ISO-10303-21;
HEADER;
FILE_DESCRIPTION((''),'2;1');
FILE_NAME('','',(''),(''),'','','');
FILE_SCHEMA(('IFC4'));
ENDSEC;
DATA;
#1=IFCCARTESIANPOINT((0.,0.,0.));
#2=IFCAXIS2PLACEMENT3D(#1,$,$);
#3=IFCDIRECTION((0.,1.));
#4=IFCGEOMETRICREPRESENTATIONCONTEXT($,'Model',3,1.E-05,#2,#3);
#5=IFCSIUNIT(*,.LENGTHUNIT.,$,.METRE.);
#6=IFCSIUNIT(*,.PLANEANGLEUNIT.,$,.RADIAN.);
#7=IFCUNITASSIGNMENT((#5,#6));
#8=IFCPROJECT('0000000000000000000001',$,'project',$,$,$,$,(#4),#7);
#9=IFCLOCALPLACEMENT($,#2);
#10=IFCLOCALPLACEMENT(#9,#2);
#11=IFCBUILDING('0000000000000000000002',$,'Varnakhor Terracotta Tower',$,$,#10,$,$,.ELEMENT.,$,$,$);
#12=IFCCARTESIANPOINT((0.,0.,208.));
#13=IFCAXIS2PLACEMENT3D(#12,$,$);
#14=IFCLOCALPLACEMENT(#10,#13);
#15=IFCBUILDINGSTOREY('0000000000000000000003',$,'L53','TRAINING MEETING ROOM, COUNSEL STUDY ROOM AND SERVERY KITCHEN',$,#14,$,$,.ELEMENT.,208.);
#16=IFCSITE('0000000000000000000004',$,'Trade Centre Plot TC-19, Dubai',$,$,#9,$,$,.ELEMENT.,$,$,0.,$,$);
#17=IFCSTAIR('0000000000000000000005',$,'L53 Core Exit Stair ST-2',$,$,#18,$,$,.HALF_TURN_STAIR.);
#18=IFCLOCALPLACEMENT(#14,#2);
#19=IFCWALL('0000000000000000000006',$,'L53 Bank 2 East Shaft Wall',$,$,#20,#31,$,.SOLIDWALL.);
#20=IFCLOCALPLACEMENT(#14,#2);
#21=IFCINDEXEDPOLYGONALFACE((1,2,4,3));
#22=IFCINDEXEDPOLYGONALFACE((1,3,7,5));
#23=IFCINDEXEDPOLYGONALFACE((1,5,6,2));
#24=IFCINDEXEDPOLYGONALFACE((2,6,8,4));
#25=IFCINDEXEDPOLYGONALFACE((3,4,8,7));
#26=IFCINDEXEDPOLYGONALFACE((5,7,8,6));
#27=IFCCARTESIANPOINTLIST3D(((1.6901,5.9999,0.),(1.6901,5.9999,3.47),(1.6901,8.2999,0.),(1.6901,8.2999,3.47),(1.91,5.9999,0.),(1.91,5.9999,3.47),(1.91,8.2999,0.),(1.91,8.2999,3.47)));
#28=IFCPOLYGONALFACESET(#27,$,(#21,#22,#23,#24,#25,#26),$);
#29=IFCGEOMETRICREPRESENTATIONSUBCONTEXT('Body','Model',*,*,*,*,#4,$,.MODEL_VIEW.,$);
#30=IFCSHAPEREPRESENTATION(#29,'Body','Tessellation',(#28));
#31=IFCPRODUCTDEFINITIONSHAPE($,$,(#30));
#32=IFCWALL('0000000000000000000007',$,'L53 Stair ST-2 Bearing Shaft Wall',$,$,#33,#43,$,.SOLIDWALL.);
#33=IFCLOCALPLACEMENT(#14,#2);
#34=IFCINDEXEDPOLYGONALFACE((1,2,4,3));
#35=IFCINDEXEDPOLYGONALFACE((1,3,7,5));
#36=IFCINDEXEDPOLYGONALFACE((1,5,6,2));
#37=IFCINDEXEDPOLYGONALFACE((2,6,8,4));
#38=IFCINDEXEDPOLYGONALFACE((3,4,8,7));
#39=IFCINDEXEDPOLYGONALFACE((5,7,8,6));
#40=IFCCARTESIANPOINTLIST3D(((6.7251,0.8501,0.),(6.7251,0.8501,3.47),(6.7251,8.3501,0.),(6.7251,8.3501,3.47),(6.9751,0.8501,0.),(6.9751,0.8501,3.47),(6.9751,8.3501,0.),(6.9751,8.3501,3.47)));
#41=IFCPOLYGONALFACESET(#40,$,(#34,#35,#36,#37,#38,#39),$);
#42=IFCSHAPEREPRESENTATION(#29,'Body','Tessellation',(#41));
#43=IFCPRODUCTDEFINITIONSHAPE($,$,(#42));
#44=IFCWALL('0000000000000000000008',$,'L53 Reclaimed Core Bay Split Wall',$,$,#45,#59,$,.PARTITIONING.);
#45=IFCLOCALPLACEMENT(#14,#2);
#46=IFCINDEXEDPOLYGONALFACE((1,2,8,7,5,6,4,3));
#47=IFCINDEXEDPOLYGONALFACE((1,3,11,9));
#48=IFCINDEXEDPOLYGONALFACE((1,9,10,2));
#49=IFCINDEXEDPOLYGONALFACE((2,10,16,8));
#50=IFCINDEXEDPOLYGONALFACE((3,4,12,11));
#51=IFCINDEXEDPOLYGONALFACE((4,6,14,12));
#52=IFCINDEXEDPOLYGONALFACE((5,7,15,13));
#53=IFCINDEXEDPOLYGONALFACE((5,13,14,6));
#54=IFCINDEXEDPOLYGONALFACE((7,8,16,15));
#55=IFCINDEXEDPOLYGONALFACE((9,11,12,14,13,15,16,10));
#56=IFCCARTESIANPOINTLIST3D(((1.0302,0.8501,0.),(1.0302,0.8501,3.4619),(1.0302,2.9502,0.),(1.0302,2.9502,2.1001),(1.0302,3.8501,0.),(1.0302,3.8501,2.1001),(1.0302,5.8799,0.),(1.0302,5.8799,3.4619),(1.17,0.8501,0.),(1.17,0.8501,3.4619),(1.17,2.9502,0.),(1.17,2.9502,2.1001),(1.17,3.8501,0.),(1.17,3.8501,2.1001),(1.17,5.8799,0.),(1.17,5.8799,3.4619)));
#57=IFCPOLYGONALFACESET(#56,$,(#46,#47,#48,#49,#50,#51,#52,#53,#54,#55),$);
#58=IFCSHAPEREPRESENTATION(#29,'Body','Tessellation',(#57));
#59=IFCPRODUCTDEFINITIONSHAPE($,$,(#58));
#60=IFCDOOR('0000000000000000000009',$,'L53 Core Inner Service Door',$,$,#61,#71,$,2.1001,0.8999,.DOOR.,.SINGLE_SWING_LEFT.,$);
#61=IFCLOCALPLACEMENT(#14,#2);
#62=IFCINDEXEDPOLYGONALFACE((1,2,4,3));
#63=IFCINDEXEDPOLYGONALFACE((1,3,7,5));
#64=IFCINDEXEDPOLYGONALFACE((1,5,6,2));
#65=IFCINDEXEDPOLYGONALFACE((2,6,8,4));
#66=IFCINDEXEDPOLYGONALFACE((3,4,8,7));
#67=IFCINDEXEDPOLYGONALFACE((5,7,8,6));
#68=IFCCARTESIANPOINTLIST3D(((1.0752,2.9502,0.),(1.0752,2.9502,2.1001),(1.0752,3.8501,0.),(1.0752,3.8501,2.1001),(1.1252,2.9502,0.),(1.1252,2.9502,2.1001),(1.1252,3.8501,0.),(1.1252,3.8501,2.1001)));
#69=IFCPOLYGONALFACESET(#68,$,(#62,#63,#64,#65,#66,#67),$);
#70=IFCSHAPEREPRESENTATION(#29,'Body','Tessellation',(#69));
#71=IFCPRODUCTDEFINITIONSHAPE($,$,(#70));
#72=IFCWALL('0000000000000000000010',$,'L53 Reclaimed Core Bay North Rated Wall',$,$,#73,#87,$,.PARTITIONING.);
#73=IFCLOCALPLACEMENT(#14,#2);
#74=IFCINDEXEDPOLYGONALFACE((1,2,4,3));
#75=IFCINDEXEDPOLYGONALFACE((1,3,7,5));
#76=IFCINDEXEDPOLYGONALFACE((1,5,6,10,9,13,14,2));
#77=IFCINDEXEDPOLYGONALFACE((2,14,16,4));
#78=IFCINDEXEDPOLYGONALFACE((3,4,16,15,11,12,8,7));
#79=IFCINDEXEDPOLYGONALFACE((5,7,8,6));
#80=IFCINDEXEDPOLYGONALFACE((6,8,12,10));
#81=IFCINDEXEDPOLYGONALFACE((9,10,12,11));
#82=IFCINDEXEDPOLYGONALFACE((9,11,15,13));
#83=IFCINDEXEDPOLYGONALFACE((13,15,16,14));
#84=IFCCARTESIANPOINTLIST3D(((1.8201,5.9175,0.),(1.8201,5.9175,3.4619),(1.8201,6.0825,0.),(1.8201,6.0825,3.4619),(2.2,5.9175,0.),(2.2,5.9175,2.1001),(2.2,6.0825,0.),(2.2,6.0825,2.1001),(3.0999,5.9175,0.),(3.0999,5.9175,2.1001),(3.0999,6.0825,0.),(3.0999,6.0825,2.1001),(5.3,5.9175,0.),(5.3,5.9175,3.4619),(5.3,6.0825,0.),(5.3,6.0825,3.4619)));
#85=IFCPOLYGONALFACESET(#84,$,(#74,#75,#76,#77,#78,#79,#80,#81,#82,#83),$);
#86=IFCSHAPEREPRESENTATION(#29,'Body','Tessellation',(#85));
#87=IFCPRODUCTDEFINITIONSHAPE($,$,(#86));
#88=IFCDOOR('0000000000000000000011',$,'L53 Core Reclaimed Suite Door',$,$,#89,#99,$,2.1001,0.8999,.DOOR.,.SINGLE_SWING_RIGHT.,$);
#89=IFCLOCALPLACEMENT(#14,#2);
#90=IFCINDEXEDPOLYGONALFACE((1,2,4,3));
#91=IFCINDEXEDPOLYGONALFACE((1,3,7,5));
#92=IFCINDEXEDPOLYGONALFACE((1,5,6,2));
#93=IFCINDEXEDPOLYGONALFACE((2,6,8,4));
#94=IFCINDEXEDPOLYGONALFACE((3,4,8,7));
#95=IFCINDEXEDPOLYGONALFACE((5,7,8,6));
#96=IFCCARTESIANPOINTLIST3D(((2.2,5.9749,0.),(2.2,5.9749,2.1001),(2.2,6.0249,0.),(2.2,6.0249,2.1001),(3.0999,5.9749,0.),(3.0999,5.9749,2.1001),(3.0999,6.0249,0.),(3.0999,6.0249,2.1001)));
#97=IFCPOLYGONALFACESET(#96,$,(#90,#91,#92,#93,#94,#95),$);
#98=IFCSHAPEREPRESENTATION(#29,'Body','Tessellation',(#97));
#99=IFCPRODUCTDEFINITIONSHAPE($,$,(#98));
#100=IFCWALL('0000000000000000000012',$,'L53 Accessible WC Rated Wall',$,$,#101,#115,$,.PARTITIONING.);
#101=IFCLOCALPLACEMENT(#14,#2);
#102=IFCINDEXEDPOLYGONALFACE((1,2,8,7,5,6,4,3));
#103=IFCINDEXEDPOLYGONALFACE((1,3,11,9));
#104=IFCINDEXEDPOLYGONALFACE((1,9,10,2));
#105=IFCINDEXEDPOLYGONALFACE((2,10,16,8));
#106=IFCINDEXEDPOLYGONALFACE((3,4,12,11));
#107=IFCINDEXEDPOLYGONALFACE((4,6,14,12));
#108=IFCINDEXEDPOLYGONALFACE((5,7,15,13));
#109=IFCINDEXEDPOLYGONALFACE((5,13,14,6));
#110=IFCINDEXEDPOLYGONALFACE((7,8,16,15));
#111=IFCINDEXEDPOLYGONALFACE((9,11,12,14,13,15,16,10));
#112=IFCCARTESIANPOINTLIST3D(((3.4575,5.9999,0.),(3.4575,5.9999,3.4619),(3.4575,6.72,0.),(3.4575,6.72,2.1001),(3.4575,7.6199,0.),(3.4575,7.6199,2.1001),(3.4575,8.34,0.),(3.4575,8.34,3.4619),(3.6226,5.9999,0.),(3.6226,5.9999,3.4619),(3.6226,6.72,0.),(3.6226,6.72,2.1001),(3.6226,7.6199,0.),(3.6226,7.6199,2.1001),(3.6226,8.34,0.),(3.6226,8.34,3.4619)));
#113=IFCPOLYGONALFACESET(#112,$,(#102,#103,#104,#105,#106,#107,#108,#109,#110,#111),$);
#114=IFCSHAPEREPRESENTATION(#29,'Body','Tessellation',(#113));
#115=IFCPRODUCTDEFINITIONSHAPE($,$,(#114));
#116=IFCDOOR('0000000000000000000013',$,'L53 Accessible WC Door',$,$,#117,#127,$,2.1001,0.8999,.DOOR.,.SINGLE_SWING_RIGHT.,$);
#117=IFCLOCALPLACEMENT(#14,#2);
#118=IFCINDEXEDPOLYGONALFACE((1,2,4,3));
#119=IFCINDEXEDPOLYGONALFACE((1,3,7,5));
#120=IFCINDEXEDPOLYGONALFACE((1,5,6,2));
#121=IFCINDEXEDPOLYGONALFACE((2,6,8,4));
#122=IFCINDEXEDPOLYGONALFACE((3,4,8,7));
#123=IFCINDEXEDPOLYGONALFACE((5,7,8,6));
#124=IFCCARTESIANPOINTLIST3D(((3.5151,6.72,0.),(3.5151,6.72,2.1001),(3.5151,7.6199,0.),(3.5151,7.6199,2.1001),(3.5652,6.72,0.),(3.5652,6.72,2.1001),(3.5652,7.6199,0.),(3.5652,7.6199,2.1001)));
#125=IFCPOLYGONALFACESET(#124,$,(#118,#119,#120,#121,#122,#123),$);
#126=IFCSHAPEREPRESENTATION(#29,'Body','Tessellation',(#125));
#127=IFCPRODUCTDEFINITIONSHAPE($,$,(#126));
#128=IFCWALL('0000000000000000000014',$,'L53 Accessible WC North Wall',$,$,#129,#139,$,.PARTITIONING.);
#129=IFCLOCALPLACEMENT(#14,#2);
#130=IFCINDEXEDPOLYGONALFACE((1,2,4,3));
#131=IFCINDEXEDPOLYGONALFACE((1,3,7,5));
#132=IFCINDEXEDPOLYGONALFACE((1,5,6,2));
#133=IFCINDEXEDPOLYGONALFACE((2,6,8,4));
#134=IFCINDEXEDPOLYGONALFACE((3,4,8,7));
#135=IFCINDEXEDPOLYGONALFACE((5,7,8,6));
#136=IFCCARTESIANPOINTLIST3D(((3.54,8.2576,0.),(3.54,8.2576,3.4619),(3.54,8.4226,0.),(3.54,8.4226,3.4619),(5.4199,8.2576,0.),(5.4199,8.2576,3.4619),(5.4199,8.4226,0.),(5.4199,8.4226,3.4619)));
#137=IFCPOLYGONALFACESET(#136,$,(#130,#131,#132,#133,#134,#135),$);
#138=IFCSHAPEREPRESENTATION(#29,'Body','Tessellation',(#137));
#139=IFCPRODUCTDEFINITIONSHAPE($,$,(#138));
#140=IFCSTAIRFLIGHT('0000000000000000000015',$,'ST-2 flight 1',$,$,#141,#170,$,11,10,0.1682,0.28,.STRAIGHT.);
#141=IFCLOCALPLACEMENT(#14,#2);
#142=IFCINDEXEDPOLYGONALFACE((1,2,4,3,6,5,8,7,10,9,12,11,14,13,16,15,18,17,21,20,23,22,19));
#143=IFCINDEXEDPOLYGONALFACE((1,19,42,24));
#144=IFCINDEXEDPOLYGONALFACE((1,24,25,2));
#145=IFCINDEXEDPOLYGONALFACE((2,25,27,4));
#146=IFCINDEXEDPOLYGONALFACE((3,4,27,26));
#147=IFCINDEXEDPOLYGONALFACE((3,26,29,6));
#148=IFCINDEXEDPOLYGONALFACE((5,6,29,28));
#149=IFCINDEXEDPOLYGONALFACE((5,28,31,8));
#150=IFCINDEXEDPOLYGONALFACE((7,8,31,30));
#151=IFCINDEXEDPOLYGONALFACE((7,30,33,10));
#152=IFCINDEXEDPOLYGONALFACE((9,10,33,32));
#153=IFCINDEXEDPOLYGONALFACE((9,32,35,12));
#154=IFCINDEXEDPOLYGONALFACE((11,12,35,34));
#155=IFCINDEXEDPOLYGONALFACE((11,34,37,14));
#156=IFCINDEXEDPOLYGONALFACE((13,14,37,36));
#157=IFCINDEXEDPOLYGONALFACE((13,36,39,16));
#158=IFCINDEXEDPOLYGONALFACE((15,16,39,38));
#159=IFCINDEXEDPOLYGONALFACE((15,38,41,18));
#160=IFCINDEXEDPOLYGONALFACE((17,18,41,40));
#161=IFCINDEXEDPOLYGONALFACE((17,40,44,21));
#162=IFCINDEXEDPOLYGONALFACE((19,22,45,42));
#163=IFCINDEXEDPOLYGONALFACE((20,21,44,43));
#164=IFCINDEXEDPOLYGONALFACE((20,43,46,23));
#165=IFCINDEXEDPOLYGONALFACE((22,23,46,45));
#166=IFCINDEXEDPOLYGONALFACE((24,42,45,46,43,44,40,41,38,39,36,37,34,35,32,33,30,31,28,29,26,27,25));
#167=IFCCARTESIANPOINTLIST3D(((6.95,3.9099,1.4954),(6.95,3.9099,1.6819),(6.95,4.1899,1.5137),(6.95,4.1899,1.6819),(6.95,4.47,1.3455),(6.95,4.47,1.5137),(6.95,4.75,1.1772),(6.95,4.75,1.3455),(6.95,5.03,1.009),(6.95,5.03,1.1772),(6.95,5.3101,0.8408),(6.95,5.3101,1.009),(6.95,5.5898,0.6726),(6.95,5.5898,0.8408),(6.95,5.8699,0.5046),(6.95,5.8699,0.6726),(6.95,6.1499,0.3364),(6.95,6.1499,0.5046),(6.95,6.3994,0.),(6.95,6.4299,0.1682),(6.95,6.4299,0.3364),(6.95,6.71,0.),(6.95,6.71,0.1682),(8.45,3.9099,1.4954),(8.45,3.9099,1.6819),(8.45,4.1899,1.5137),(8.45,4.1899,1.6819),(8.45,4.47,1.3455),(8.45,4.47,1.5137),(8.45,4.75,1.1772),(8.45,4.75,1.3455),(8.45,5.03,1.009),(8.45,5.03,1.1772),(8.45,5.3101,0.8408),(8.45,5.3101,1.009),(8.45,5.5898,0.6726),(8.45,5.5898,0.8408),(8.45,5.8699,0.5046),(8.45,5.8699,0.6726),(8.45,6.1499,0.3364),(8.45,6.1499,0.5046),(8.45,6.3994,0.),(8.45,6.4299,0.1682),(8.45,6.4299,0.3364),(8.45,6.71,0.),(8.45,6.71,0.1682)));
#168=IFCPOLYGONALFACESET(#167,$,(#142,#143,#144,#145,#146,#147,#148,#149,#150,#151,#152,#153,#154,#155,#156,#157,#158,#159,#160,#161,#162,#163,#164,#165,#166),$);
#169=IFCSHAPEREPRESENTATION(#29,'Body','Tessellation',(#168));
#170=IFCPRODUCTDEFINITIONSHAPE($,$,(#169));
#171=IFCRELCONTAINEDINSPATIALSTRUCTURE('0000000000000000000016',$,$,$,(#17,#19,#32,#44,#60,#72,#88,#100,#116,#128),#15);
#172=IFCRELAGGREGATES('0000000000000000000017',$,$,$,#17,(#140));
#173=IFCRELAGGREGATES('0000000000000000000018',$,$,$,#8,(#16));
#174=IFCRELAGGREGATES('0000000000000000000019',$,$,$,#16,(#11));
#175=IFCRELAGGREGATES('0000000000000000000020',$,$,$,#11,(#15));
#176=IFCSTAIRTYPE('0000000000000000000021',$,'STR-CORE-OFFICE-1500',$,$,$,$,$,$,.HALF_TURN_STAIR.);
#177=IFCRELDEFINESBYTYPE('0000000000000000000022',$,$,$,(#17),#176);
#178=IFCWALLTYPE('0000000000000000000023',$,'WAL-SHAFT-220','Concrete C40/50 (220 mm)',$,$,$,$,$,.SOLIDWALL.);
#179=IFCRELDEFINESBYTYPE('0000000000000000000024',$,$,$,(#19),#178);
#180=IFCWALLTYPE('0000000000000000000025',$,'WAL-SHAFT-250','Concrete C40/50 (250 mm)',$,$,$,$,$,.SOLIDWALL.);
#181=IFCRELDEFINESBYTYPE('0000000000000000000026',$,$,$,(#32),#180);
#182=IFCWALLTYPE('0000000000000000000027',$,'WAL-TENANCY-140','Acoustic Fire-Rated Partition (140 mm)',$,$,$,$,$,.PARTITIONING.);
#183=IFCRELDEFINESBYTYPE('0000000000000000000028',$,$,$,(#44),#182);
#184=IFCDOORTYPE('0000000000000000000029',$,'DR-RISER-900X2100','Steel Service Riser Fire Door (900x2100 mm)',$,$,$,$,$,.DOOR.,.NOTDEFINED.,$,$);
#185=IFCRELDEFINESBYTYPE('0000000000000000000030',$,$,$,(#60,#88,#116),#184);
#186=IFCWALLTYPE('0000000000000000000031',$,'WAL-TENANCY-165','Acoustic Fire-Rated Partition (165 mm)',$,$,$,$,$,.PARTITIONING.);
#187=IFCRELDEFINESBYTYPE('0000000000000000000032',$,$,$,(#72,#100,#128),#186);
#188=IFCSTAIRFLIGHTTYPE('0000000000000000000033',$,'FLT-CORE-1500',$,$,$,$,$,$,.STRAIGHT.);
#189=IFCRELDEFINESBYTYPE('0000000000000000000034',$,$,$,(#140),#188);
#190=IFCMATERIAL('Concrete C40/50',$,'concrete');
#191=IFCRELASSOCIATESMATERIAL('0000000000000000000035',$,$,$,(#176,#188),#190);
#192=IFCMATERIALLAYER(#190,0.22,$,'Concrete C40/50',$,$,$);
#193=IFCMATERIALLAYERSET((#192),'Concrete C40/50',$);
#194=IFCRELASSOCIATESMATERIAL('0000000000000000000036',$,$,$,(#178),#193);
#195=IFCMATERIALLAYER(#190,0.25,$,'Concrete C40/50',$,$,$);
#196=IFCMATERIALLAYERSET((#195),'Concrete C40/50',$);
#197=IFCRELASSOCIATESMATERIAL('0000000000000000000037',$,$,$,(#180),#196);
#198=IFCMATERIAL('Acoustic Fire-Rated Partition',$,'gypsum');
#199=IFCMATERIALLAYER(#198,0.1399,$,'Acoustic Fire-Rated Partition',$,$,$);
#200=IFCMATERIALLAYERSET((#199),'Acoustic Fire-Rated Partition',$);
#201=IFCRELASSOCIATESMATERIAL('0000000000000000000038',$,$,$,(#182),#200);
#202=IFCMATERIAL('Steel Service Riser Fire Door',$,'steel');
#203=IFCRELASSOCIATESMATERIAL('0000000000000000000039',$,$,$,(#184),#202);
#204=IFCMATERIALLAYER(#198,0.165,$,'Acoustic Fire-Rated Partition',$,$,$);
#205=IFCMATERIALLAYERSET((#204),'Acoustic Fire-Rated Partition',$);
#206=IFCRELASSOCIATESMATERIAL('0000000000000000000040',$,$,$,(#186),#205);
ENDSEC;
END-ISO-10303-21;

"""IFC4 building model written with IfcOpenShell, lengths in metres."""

from ifc_helpers import new_model, si_unit, direction, frame, frame_2d, origin, place, context, subcontext, project, spatial, polyline, rectangle, outline, extrude, source, transform, mapped, material, layer, layer_set, type_object, type_shapes, element, fill, aggregate, save


model = new_model("IFC4")

# Units and contexts
model_context = context("Model", 3, precision=1e-05, world=origin(), true_north=direction((0.0, 1.0)))
body_context = subcontext(model_context, "Body", "Model", "MODEL_VIEW")
ifc_project = project(units=[si_unit("LENGTHUNIT", "METRE"), si_unit("PLANEANGLEUNIT", "RADIAN")], contexts=[model_context])

# Site, building, storey
site_placement = place(None, origin())
site = spatial("IfcSite", under=ifc_project, at=site_placement, Name="Trade Centre Plot TC-19, Dubai", CompositionType="ELEMENT", RefElevation=0.0)
building_placement = place(site_placement, origin())
building = spatial("IfcBuilding", under=site, at=building_placement, Name="Varnakhor Terracotta Tower", CompositionType="ELEMENT")
storey_placement = place(building_placement, frame((0.0, 0.0, 208.0)))
storey = spatial("IfcBuildingStorey", under=building, at=storey_placement, Name="L53", Description="TRAINING MEETING ROOM, COUNSEL STUDY ROOM AND SERVERY KITCHEN", CompositionType="ELEMENT", Elevation=208.0)

# Stair
ifc_material_1 = material(Name="Concrete C40/50", Category="concrete")
stair_type = type_object("IfcStairType", Name="STR-CORE-OFFICE-1500", PredefinedType="HALF_TURN_STAIR", material=ifc_material_1)
stair_1_placement = place(storey_placement, origin())
stair_1 = element("IfcStair", 1, at=stair_1_placement, inside=storey, type_object=stair_type, Name="L53 Core Exit Stair ST-2", PredefinedType="HALF_TURN_STAIR")

# Walls
ifc_layer_1 = layer(ifc_material_1, 0.22, Name="Concrete C40/50")
ifc_layer_set_1 = layer_set([ifc_layer_1], Name="Concrete C40/50")
wall_type_1 = type_object("IfcWallType", Name="WAL-SHAFT-220", Description="Concrete C40/50 (220 mm)", PredefinedType="SOLIDWALL", material=ifc_layer_set_1)
wall_1_placement = place(storey_placement, frame((1.8, 6.0, 0.0), z_axis=(0.0, 0.0, 1.0), x_axis=(0.0, 1.0, 0.0)))
element("IfcWall", 2, at=wall_1_placement, inside=storey, type_object=wall_type_1, Name="L53 Bank 2 East Shaft Wall", PredefinedType="SOLIDWALL", context=body_context, shape_type="SweptSolid", body=[
    extrude(rectangle(XDim=2.3, YDim=0.22, at=frame_2d((1.1499, 0.0))), origin(), (0.0, 0.0, 1.0), 3.47),
])
ifc_layer_2 = layer(ifc_material_1, 0.25, Name="Concrete C40/50")
ifc_layer_set_2 = layer_set([ifc_layer_2], Name="Concrete C40/50")
wall_type_2 = type_object("IfcWallType", Name="WAL-SHAFT-250", Description="Concrete C40/50 (250 mm)", PredefinedType="SOLIDWALL", material=ifc_layer_set_2)
wall_2_placement = place(storey_placement, frame((6.8501, 0.8501, 0.0), z_axis=(0.0, 0.0, 1.0), x_axis=(0.0, 1.0, 0.0)))
element("IfcWall", 3, at=wall_2_placement, inside=storey, type_object=wall_type_2, Name="L53 Stair ST-2 Bearing Shaft Wall", PredefinedType="SOLIDWALL", context=body_context, shape_type="SweptSolid", body=[
    extrude(rectangle(XDim=7.5, YDim=0.25, at=frame_2d((3.75, 0.0))), origin(), (0.0, 0.0, 1.0), 3.47),
])

# Walls, openings, doors
ifc_material_2 = material(Name="Acoustic Fire-Rated Partition", Category="gypsum")
ifc_layer_3 = layer(ifc_material_2, 0.1399, Name="Acoustic Fire-Rated Partition")
ifc_layer_set_3 = layer_set([ifc_layer_3], Name="Acoustic Fire-Rated Partition")
wall_type_3 = type_object("IfcWallType", Name="WAL-TENANCY-140", Description="Acoustic Fire-Rated Partition (140 mm)", PredefinedType="PARTITIONING", material=ifc_layer_set_3)
wall_3_placement = place(storey_placement, frame((1.1001, 0.8501, 0.0), z_axis=(0.0, 0.0, 1.0), x_axis=(0.0, 1.0, 0.0)))
wall_3 = element("IfcWall", 4, at=wall_3_placement, inside=storey, type_object=wall_type_3, Name="L53 Reclaimed Core Bay Split Wall", PredefinedType="PARTITIONING", context=body_context, shape_type="SweptSolid", body=[
    extrude(rectangle(XDim=5.0298, YDim=0.1399, at=frame_2d((2.5149, 0.0))), origin(), (0.0, 0.0, 1.0), 3.4619),
])
opening_1_placement = place(wall_3_placement, frame((2.1001, 0.0, 0.0)))
opening_1 = element("IfcOpeningElement", 5, at=opening_1_placement, cuts=wall_3, PredefinedType="OPENING", context=body_context, shape_type="SweptSolid", body=[
    extrude(rectangle(XDim=0.8999, YDim=2.1001, at=frame_2d((0.45, 1.05))), frame((0.0, 0.0801, 0.0), z_axis=(0.0, -1.0, 0.0), x_axis=(1.0, 0.0, 0.0)), (0.0, 0.0, 1.0), 0.1599),
])
ifc_material_3 = material(Name="Steel Service Riser Fire Door", Category="steel")
door_type_1 = type_object("IfcDoorType", Name="DR-RISER-900X2100", Description="Steel Service Riser Fire Door (900x2100 mm)", OperationType="NOTDEFINED", PredefinedType="DOOR", material=ifc_material_3)
shared_shape_1 = source(origin(), body_context, "Body", "SweptSolid", [
    extrude(rectangle(XDim=0.8999, YDim=2.1001, at=frame_2d((0.45, 1.05))), frame((0.0, 0.0249, 0.0), z_axis=(0.0, -1.0, 0.0), x_axis=(1.0, 0.0, 0.0)), (0.0, 0.0, 1.0), 0.05),
])
type_shapes(door_type_1, [shared_shape_1])
door_1_placement = place(opening_1_placement, origin())
door_1 = element("IfcDoor", 6, at=door_1_placement, inside=storey, type_object=door_type_1, Name="L53 Core Inner Service Door", OperationType="SINGLE_SWING_LEFT", OverallHeight=2.1001, OverallWidth=0.8999, PredefinedType="DOOR", context=body_context, shape_type="MappedRepresentation", body=[
    mapped(shared_shape_1, transform((0.0, 0.0, 0.0), scale=1.0)),
])
fill(opening_1, door_1)
ifc_layer_4 = layer(ifc_material_2, 0.165, Name="Acoustic Fire-Rated Partition")
ifc_layer_set_4 = layer_set([ifc_layer_4], Name="Acoustic Fire-Rated Partition")
wall_type_4 = type_object("IfcWallType", Name="WAL-TENANCY-165", Description="Acoustic Fire-Rated Partition (165 mm)", PredefinedType="PARTITIONING", material=ifc_layer_set_4)
wall_4_placement = place(storey_placement, frame((1.8201, 6.0, 0.0), z_axis=(0.0, 0.0, 1.0), x_axis=(1.0, 0.0, 0.0)))
wall_4 = element("IfcWall", 7, at=wall_4_placement, inside=storey, type_object=wall_type_4, Name="L53 Reclaimed Core Bay North Rated Wall", PredefinedType="PARTITIONING", context=body_context, shape_type="SweptSolid", body=[
    extrude(rectangle(XDim=3.48, YDim=0.165, at=frame_2d((1.74, 0.0))), origin(), (0.0, 0.0, 1.0), 3.4619),
])
opening_2_placement = place(wall_4_placement, frame((0.3799, 0.0, 0.0)))
opening_2 = element("IfcOpeningElement", 8, at=opening_2_placement, cuts=wall_4, PredefinedType="OPENING", context=body_context, shape_type="SweptSolid", body=[
    extrude(rectangle(XDim=0.8999, YDim=2.1001, at=frame_2d((0.45, 1.05))), frame((0.0, 0.0925, 0.0), z_axis=(0.0, -1.0, 0.0), x_axis=(1.0, 0.0, 0.0)), (0.0, 0.0, 1.0), 0.1851),
])
door_2_placement = place(opening_2_placement, origin())
door_2 = element("IfcDoor", 9, at=door_2_placement, inside=storey, type_object=door_type_1, Name="L53 Core Reclaimed Suite Door", OperationType="SINGLE_SWING_RIGHT", OverallHeight=2.1001, OverallWidth=0.8999, PredefinedType="DOOR", context=body_context, shape_type="MappedRepresentation", body=[
    mapped(shared_shape_1, transform((0.0, 0.0, 0.0), scale=1.0)),
])
fill(opening_2, door_2)
wall_5_placement = place(storey_placement, frame((3.54, 6.0, 0.0), z_axis=(0.0, 0.0, 1.0), x_axis=(0.0, 1.0, 0.0)))
wall_5 = element("IfcWall", 10, at=wall_5_placement, inside=storey, type_object=wall_type_4, Name="L53 Accessible WC Rated Wall", PredefinedType="PARTITIONING", context=body_context, shape_type="SweptSolid", body=[
    extrude(rectangle(XDim=2.3401, YDim=0.165, at=frame_2d((1.1699, 0.0))), origin(), (0.0, 0.0, 1.0), 3.4619),
])
opening_3_placement = place(wall_5_placement, frame((0.72, 0.0, 0.0)))
opening_3 = element("IfcOpeningElement", 11, at=opening_3_placement, cuts=wall_5, PredefinedType="OPENING", context=body_context, shape_type="SweptSolid", body=[
    extrude(rectangle(XDim=0.8999, YDim=2.1001, at=frame_2d((0.45, 1.05))), frame((0.0, 0.0925, 0.0), z_axis=(0.0, -1.0, 0.0), x_axis=(1.0, 0.0, 0.0)), (0.0, 0.0, 1.0), 0.1851),
])
door_3_placement = place(opening_3_placement, origin())
door_3 = element("IfcDoor", 12, at=door_3_placement, inside=storey, type_object=door_type_1, Name="L53 Accessible WC Door", OperationType="SINGLE_SWING_RIGHT", OverallHeight=2.1001, OverallWidth=0.8999, PredefinedType="DOOR", context=body_context, shape_type="MappedRepresentation", body=[
    mapped(shared_shape_1, transform((0.0, 0.0, 0.0), scale=1.0)),
])
fill(opening_3, door_3)

# Wall
wall_6_placement = place(storey_placement, frame((3.54, 8.3401, 0.0), z_axis=(0.0, 0.0, 1.0), x_axis=(1.0, 0.0, 0.0)))
element("IfcWall", 13, at=wall_6_placement, inside=storey, type_object=wall_type_4, Name="L53 Accessible WC North Wall", PredefinedType="PARTITIONING", context=body_context, shape_type="SweptSolid", body=[
    extrude(rectangle(XDim=1.8799, YDim=0.165, at=frame_2d((0.9399, 0.0))), origin(), (0.0, 0.0, 1.0), 3.4619),
])

# Stair flight
stair_flight_type = type_object("IfcStairFlightType", Name="FLT-CORE-1500", PredefinedType="STRAIGHT", material=ifc_material_1)
stair_flight_1_placement = place(storey_placement, frame((7.7, 6.71, 0.0), z_axis=(0.0, 0.0, 1.0), x_axis=(0.0, -1.0, 0.0)))
stair_flight_1 = element("IfcStairFlight", 14, at=stair_flight_1_placement, type_object=stair_flight_type, Name="ST-2 flight 1", NumberOfRisers=11, NumberOfTreads=10, PredefinedType="STRAIGHT", RiserHeight=0.1682, TreadLength=0.28, context=body_context, shape_type="SweptSolid", body=[
    extrude(outline(polyline([(0.0, 0.0), (0.0, 0.1682), (0.28, 0.1682), (0.28, 0.3364), (0.5601, 0.3364), (0.5601, 0.5046), (0.8401, 0.5046), (0.8401, 0.6726), (1.1201, 0.6726), (1.1201, 0.8408), (1.3999, 0.8408), (1.3999, 1.009), (1.6799, 1.009), (1.6799, 1.1772), (1.96, 1.1772), (1.96, 1.3455), (2.24, 1.3455), (2.24, 1.5137), (2.52, 1.5137), (2.52, 1.6819), (2.8, 1.6819), (2.8, 1.8501), (2.8, 1.4954), (0.3105, 0.0), (0.0, 0.0)])), frame((0.0, 0.75, 0.0), z_axis=(0.0, -1.0, 0.0), x_axis=(1.0, 0.0, 0.0)), (0.0, 0.0, 1.0), 1.5),
])
aggregate(stair_1, [stair_flight_1])

save(model, "model.ifc")
